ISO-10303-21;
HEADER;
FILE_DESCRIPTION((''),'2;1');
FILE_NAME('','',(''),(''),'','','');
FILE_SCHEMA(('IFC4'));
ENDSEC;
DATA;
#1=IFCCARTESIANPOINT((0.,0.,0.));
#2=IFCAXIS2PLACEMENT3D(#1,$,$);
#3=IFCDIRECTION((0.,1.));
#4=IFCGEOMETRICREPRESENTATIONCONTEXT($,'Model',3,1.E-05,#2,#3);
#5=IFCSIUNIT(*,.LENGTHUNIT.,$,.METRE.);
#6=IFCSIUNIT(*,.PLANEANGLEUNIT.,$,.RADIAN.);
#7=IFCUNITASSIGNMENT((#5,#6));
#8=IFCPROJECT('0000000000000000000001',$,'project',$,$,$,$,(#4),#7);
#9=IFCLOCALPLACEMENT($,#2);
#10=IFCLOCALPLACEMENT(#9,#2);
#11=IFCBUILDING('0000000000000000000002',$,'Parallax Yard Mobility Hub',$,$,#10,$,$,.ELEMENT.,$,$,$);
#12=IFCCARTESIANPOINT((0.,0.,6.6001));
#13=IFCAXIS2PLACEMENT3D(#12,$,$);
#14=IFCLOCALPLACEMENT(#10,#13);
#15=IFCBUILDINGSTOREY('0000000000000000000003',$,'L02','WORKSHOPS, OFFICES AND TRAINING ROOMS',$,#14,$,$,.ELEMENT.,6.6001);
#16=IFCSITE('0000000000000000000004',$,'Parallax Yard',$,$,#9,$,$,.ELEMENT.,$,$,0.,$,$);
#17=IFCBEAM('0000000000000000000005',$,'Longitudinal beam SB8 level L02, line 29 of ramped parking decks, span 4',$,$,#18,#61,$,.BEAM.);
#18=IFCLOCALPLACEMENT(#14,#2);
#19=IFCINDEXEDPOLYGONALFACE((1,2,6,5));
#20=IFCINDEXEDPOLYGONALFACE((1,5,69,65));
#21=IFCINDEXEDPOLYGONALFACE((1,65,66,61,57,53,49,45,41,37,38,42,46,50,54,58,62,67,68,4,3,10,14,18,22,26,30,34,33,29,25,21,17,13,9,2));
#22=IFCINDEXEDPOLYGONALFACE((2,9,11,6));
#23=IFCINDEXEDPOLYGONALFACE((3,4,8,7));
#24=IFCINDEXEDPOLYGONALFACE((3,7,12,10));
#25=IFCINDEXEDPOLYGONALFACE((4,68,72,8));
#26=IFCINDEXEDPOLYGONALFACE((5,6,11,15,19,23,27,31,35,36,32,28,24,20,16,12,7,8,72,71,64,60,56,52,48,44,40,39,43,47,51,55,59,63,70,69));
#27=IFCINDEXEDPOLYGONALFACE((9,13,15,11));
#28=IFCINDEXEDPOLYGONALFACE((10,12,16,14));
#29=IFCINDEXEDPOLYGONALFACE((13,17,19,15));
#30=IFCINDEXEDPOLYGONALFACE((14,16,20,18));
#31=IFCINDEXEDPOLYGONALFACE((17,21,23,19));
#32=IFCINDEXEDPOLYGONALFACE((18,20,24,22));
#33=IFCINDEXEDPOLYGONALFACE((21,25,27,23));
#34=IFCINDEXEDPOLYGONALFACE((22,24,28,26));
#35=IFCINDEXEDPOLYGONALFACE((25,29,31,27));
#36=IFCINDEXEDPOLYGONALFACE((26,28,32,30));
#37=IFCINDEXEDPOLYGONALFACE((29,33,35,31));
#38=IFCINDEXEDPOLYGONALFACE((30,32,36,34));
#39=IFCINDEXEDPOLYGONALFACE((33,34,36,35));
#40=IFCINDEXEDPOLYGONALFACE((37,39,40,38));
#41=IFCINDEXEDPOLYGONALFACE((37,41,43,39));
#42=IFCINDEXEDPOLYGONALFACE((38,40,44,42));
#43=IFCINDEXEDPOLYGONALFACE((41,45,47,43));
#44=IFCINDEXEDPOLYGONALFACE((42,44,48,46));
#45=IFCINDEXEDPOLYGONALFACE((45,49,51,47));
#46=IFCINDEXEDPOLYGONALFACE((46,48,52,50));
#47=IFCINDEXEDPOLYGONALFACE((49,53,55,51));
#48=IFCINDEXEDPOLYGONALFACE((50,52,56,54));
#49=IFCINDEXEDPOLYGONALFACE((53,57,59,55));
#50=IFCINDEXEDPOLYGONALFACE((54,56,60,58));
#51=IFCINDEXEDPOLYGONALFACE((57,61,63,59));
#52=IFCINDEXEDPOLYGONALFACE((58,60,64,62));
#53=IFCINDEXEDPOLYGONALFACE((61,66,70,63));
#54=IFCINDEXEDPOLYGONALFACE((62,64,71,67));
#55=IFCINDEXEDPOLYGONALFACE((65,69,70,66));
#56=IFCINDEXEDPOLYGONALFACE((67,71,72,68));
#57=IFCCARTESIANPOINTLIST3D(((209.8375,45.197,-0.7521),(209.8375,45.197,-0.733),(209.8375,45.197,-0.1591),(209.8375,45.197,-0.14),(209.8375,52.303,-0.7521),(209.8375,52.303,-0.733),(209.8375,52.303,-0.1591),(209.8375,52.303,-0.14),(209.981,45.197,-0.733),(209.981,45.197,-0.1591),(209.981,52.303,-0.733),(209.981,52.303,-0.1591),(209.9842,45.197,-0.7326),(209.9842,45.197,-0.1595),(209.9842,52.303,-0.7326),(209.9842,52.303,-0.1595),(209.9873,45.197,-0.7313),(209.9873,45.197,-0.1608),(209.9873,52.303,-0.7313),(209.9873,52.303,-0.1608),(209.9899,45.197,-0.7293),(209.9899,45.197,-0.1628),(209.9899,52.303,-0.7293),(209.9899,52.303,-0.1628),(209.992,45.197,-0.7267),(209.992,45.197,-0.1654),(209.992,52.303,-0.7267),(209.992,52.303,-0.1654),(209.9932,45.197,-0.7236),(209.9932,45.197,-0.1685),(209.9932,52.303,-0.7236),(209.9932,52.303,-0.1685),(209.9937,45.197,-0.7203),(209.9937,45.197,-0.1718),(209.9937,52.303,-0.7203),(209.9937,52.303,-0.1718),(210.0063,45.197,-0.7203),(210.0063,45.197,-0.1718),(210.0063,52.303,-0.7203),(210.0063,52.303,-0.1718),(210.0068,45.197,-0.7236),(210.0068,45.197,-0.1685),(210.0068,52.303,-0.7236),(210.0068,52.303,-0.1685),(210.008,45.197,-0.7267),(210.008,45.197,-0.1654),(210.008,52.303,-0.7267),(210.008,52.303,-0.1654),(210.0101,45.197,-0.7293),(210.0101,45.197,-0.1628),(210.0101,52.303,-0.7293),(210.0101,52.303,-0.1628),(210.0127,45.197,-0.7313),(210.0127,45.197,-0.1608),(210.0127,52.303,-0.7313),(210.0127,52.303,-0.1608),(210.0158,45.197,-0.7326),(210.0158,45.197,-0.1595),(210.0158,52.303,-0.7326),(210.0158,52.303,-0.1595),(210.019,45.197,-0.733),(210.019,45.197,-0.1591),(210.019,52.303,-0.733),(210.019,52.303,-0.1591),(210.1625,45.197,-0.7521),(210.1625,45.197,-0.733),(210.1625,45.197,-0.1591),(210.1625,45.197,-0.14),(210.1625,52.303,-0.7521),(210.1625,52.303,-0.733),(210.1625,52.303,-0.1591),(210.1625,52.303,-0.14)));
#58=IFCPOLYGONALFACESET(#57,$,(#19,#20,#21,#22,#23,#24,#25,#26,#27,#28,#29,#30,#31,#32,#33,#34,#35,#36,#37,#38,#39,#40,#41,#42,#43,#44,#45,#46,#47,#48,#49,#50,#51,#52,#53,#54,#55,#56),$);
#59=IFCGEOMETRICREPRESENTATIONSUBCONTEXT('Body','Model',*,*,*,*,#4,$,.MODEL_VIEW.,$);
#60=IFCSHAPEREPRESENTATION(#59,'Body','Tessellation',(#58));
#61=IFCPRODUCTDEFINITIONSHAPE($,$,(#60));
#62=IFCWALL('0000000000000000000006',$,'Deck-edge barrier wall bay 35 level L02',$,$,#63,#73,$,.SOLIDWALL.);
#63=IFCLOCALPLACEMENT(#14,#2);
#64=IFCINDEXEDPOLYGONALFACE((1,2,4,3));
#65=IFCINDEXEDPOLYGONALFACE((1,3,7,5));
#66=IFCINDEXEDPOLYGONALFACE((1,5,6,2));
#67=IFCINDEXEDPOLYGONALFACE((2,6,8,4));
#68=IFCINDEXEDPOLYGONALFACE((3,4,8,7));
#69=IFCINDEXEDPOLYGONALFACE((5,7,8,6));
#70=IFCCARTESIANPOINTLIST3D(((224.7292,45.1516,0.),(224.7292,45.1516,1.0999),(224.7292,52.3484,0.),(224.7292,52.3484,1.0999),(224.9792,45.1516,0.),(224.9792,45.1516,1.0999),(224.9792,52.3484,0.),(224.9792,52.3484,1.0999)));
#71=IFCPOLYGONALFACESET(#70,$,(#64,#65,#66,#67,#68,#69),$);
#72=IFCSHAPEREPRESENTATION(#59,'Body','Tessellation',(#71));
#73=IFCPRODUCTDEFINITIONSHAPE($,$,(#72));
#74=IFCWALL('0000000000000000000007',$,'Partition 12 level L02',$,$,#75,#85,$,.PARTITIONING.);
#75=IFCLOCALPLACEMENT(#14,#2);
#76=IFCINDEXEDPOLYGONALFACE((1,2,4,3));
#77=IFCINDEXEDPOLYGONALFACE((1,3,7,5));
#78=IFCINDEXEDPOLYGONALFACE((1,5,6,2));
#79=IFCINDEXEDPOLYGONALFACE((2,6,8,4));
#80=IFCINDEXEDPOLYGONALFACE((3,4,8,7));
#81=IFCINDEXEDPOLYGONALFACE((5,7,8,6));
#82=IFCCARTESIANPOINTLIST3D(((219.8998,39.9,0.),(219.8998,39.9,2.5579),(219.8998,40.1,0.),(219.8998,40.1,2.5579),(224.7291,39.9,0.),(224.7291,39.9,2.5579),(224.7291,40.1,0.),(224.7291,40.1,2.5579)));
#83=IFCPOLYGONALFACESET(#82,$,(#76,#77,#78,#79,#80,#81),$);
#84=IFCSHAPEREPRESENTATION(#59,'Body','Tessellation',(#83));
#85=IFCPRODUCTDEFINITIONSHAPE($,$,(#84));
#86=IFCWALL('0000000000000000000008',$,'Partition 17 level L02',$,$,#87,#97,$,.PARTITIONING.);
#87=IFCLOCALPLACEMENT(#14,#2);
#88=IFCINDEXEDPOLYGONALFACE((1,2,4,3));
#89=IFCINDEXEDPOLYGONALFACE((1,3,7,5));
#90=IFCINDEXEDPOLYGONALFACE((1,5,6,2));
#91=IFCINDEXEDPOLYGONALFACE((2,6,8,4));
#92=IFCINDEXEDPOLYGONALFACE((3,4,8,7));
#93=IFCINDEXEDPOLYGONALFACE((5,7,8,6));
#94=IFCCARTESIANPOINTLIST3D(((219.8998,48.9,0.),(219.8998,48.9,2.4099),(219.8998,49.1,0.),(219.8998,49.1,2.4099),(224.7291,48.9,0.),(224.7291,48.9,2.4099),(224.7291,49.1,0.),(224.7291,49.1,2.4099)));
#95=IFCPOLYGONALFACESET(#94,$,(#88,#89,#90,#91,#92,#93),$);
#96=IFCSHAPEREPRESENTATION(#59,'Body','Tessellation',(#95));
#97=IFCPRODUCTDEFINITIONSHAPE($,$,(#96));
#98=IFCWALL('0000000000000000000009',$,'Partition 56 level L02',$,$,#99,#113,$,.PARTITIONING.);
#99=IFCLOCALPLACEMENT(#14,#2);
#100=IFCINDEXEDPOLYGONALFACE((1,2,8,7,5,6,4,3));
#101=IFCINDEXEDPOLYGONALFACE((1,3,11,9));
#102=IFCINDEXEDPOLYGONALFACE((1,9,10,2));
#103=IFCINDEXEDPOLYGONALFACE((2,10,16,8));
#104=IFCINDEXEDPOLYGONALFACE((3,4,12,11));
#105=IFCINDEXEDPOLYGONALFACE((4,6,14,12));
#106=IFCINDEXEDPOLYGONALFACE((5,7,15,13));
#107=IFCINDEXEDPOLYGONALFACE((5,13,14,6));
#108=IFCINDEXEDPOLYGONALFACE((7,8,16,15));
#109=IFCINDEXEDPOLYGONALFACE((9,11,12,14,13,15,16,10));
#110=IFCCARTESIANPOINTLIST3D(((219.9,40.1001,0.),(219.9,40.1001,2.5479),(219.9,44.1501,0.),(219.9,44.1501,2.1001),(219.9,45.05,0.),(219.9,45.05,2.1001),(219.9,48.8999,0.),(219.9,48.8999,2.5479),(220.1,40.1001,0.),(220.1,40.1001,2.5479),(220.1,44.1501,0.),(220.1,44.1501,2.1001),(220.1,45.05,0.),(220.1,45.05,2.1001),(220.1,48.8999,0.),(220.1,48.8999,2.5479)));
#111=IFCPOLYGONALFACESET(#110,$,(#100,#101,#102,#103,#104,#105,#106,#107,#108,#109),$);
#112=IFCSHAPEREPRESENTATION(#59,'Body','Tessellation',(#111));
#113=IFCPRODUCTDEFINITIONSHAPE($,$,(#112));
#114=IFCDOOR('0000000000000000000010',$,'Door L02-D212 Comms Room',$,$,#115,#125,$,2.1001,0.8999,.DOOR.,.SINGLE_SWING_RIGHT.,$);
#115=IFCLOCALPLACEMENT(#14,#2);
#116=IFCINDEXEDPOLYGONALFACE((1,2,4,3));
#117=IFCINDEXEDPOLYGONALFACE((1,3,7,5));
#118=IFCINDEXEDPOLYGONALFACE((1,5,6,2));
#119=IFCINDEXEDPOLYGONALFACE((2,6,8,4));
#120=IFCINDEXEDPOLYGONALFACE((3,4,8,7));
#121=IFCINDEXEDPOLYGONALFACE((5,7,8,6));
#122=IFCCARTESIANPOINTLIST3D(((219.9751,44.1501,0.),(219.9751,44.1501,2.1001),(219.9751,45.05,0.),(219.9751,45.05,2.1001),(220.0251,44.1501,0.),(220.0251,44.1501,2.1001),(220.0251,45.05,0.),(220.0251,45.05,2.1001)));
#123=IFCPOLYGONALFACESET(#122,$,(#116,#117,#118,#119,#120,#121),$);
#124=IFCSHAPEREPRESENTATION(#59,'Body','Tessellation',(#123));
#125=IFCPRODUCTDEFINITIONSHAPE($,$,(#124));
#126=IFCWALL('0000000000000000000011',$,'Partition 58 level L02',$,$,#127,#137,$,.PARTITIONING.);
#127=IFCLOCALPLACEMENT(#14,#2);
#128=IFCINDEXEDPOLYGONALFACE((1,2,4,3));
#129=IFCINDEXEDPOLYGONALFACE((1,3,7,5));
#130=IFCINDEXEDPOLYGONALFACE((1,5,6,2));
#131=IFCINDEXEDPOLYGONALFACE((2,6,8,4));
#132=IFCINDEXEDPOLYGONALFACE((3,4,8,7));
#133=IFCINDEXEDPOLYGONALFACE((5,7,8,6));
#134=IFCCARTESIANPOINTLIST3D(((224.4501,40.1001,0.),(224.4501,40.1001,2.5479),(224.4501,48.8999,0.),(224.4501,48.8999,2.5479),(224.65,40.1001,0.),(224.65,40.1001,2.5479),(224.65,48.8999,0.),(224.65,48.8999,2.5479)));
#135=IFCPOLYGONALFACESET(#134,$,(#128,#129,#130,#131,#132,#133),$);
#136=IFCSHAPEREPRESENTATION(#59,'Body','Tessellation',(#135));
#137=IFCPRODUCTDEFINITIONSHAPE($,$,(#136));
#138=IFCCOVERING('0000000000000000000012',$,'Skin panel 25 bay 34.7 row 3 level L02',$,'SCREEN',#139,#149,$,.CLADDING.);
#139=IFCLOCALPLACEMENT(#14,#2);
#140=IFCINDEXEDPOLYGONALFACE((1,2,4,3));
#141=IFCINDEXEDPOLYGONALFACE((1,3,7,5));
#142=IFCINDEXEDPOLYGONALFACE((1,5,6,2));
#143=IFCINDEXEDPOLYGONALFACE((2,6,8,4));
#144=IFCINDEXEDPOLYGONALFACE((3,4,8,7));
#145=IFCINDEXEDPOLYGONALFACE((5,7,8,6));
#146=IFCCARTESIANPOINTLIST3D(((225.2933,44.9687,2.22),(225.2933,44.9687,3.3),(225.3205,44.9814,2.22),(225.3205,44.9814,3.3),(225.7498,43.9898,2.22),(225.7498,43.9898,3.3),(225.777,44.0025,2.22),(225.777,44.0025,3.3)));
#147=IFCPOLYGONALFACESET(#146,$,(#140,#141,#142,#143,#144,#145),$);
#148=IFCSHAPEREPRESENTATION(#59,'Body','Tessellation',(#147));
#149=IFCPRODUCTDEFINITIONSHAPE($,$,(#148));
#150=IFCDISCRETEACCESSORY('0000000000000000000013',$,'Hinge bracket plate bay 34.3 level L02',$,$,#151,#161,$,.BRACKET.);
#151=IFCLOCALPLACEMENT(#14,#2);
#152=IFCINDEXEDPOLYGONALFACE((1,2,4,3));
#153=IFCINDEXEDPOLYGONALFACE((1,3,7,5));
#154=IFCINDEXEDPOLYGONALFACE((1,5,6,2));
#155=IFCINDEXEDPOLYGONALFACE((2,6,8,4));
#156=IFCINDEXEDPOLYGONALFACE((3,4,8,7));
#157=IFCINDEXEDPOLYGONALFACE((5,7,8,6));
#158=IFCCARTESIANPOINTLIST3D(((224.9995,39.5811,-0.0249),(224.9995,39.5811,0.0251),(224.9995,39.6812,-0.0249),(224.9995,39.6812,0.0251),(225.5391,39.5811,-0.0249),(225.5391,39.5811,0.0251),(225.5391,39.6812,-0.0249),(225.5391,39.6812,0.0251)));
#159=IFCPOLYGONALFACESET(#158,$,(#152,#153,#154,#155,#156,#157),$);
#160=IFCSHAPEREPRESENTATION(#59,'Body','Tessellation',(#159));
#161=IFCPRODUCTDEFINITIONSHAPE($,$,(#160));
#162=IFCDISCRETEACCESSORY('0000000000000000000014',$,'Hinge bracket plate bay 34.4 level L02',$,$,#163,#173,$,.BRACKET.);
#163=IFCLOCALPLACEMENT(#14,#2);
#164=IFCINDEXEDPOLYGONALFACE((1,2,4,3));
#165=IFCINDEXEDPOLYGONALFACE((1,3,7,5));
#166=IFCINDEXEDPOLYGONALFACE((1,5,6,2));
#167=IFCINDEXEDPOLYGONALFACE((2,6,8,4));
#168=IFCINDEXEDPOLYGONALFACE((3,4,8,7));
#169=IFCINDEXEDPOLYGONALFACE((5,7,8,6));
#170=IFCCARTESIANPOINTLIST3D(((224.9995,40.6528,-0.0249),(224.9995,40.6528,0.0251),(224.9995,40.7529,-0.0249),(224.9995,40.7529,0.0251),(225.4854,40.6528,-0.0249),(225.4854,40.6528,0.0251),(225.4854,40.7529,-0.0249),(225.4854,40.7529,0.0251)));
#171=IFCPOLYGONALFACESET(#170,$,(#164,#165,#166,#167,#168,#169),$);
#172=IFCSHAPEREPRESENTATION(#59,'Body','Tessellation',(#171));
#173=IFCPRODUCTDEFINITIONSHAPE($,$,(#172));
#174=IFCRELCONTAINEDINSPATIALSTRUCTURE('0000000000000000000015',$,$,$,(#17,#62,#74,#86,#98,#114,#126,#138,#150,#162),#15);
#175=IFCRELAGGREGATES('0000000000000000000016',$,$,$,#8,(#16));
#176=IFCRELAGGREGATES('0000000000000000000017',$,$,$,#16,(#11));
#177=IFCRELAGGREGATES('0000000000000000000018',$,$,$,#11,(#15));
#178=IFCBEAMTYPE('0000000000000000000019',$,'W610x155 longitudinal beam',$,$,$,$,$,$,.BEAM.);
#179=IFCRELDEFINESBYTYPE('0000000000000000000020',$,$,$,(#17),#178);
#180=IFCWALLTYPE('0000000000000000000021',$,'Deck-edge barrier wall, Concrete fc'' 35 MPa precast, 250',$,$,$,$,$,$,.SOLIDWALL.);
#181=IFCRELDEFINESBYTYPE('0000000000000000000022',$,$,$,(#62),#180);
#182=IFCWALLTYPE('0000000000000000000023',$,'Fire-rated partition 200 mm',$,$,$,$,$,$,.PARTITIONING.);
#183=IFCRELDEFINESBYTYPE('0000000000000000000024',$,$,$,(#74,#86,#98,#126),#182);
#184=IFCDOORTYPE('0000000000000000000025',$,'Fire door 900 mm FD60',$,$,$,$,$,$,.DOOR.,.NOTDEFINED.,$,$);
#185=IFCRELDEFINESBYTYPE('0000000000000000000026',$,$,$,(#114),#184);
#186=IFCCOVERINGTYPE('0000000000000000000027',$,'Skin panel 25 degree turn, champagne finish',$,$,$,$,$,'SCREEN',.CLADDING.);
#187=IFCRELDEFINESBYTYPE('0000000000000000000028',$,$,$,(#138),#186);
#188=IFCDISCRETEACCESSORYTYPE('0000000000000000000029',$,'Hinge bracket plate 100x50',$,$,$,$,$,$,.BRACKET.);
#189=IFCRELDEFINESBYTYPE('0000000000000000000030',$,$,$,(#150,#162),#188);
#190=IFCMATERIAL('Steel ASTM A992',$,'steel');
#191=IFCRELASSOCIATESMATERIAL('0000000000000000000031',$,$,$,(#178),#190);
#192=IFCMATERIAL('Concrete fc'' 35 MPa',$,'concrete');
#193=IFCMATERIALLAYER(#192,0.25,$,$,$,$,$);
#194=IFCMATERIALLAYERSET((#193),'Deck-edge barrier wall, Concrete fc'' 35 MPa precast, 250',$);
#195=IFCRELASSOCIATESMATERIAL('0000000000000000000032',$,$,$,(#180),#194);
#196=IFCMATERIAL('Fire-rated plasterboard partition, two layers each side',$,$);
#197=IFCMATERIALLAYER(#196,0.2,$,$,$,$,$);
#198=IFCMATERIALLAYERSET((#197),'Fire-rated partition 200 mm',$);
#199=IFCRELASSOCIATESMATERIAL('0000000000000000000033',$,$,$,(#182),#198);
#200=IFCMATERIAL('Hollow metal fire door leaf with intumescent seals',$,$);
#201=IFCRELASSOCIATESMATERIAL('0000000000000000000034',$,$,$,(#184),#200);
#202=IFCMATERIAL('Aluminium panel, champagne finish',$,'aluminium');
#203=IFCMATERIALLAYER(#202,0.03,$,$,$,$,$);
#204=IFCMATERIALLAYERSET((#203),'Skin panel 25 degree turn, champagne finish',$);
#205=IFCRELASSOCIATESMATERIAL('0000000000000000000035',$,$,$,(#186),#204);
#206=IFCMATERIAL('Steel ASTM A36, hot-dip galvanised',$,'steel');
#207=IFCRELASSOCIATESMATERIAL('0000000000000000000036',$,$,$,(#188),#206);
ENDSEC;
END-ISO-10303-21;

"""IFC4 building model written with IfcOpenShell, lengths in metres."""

from ifc_helpers import new_model, si_unit, direction, frame, frame_2d, origin, origin_2d, place, context, subcontext, project, spatial, rectangle, i_section, extrude, material, layer, layer_set, material_profile, profile_set, type_object, element, fill, save


model = new_model("IFC4")

# Units and contexts
model_context = context("Model", 3, precision=1e-05, world=origin(), true_north=direction((0.0, 1.0)))
body_context = subcontext(model_context, "Body", "Model", "MODEL_VIEW")
ifc_project = project(units=[si_unit("LENGTHUNIT", "METRE"), si_unit("PLANEANGLEUNIT", "RADIAN")], contexts=[model_context])

# Site, building, storey
site_placement = place(None, origin())
site = spatial("IfcSite", under=ifc_project, at=site_placement, Name="Parallax Yard", CompositionType="ELEMENT", RefElevation=0.0)
building_placement = place(site_placement, origin())
building = spatial("IfcBuilding", under=site, at=building_placement, Name="Parallax Yard Mobility Hub", CompositionType="ELEMENT")
storey_placement = place(building_placement, frame((0.0, 0.0, 6.6001)))
storey = spatial("IfcBuildingStorey", under=building, at=storey_placement, Name="L02", Description="WORKSHOPS, OFFICES AND TRAINING ROOMS", CompositionType="ELEMENT", Elevation=6.6001)

# Shared definitions
ifc_material_1 = material(Name="Steel ASTM A992", Category="steel")

# Beam
ifc_material_profile_1 = material_profile(ifc_material_1, i_section(OverallWidth=0.325, OverallDepth=0.6121, WebThickness=0.0127, FlangeThickness=0.019, FilletRadius=0.0127, at=origin_2d()), Name="W610x155")
ifc_profile_set_1 = profile_set([ifc_material_profile_1], Name="Steel ASTM A992")
beam_type_1 = type_object("IfcBeamType", Name="W610x155 longitudinal beam", PredefinedType="BEAM", material=ifc_profile_set_1)
beam_1_placement = place(storey_placement, frame((210.0, 45.197, -0.446), z_axis=(0.0, 1.0, 0.0), x_axis=(-1.0, 0.0, 0.0)))
element("IfcBeam", 1, at=beam_1_placement, inside=storey, type_object=beam_type_1, Name="Longitudinal beam SB8 level L02, line 29 of ramped parking decks, span 4", PredefinedType="BEAM", context=body_context, shape_type="SweptSolid", body=[
    extrude(i_section(OverallWidth=0.325, OverallDepth=0.6121, WebThickness=0.0127, FlangeThickness=0.019, FilletRadius=0.0127, at=origin_2d()), origin(), (0.0, 0.0, 1.0), 7.106),
])

# Walls
ifc_material_2 = material(Name="Concrete fc' 35 MPa", Category="concrete")
ifc_layer_1 = layer(ifc_material_2, 0.25)
ifc_layer_set_1 = layer_set([ifc_layer_1], Name="Deck-edge barrier wall, Concrete fc' 35 MPa precast, 250")
wall_type_1 = type_object("IfcWallType", Name="Deck-edge barrier wall, Concrete fc' 35 MPa precast, 250", PredefinedType="SOLIDWALL", material=ifc_layer_set_1)
wall_1_placement = place(storey_placement, frame((224.8542, 45.1516, 0.0), z_axis=(0.0, 0.0, 1.0), x_axis=(0.0, 1.0, 0.0)))
element("IfcWall", 2, at=wall_1_placement, inside=storey, type_object=wall_type_1, Name="Deck-edge barrier wall bay 35 level L02", PredefinedType="SOLIDWALL", context=body_context, shape_type="SweptSolid", body=[
    extrude(rectangle(XDim=7.1968, YDim=0.25, at=frame_2d((3.5984, 0.0))), origin(), (0.0, 0.0, 1.0), 1.0999),
])
ifc_material_3 = material(Name="Fire-rated plasterboard partition, two layers each side")
ifc_layer_2 = layer(ifc_material_3, 0.2)
ifc_layer_set_2 = layer_set([ifc_layer_2], Name="Fire-rated partition 200 mm")
wall_type_2 = type_object("IfcWallType", Name="Fire-rated partition 200 mm", PredefinedType="PARTITIONING", material=ifc_layer_set_2)
wall_2_placement = place(storey_placement, frame((219.8999, 40.0, 0.0), z_axis=(0.0, 0.0, 1.0), x_axis=(1.0, 0.0, 0.0)))
element("IfcWall", 3, at=wall_2_placement, inside=storey, type_object=wall_type_2, Name="Partition 12 level L02", PredefinedType="PARTITIONING", context=body_context, shape_type="SweptSolid", body=[
    extrude(rectangle(XDim=4.8293, YDim=0.2, at=frame_2d((2.4146, 0.0))), origin(), (0.0, 0.0, 1.0), 2.5579),
])
wall_3_placement = place(storey_placement, frame((219.8999, 49.0, 0.0), z_axis=(0.0, 0.0, 1.0), x_axis=(1.0, 0.0, 0.0)))
element("IfcWall", 4, at=wall_3_placement, inside=storey, type_object=wall_type_2, Name="Partition 17 level L02", PredefinedType="PARTITIONING", context=body_context, shape_type="SweptSolid", body=[
    extrude(rectangle(XDim=4.8293, YDim=0.2, at=frame_2d((2.4146, 0.0))), origin(), (0.0, 0.0, 1.0), 2.4099),
])

# Wall, opening, door
wall_4_placement = place(storey_placement, frame((220.0, 40.1001, 0.0), z_axis=(0.0, 0.0, 1.0), x_axis=(0.0, 1.0, 0.0)))
wall_4 = element("IfcWall", 5, at=wall_4_placement, inside=storey, type_object=wall_type_2, Name="Partition 56 level L02", PredefinedType="PARTITIONING", context=body_context, shape_type="SweptSolid", body=[
    extrude(rectangle(XDim=8.7998, YDim=0.2, at=frame_2d((4.3999, 0.0))), origin(), (0.0, 0.0, 1.0), 2.5479),
])
opening_placement = place(wall_4_placement, frame((4.05, 0.0, 0.0)))
opening = element("IfcOpeningElement", 6, at=opening_placement, cuts=wall_4, PredefinedType="OPENING", context=body_context, shape_type="SweptSolid", body=[
    extrude(rectangle(XDim=0.8999, YDim=2.1001, at=frame_2d((0.45, 1.05))), frame((0.0, 0.1099, 0.0), z_axis=(0.0, -1.0, 0.0), x_axis=(1.0, 0.0, 0.0)), (0.0, 0.0, 1.0), 0.22),
])
ifc_material_4 = material(Name="Hollow metal fire door leaf with intumescent seals")
door_type = type_object("IfcDoorType", Name="Fire door 900 mm FD60", OperationType="NOTDEFINED", PredefinedType="DOOR", material=ifc_material_4)
door_placement = place(opening_placement, origin())
door = element("IfcDoor", 7, at=door_placement, inside=storey, type_object=door_type, Name="Door L02-D212 Comms Room", OperationType="SINGLE_SWING_RIGHT", OverallHeight=2.1001, OverallWidth=0.8999, PredefinedType="DOOR", context=body_context, shape_type="SweptSolid", body=[
    extrude(rectangle(XDim=0.8999, YDim=2.1001, at=frame_2d((0.45, 1.05))), frame((0.0, 0.0249, 0.0), z_axis=(0.0, -1.0, 0.0), x_axis=(1.0, 0.0, 0.0)), (0.0, 0.0, 1.0), 0.05),
])
fill(opening, door)

# Wall
wall_5_placement = place(storey_placement, frame((224.55, 40.1001, 0.0), z_axis=(0.0, 0.0, 1.0), x_axis=(0.0, 1.0, 0.0)))
element("IfcWall", 8, at=wall_5_placement, inside=storey, type_object=wall_type_2, Name="Partition 58 level L02", PredefinedType="PARTITIONING", context=body_context, shape_type="SweptSolid", body=[
    extrude(rectangle(XDim=8.7998, YDim=0.2, at=frame_2d((4.3999, 0.0))), origin(), (0.0, 0.0, 1.0), 2.5479),
])

# Covering
ifc_material_5 = material(Name="Aluminium panel, champagne finish", Category="aluminium")
ifc_layer_3 = layer(ifc_material_5, 0.03)
ifc_layer_set_3 = layer_set([ifc_layer_3], Name="Skin panel 25 degree turn, champagne finish")
covering_type = type_object("IfcCoveringType", Name="Skin panel 25 degree turn, champagne finish", ElementType="SCREEN", PredefinedType="CLADDING", material=ifc_layer_set_3)
covering_placement = place(storey_placement, frame((225.5352, 44.4856, 2.22), z_axis=(0.0, 0.0, 1.0), x_axis=(0.422618, -0.906308, 0.0)))
element("IfcCovering", 9, at=covering_placement, inside=storey, type_object=covering_type, Name="Skin panel 25 bay 34.7 row 3 level L02", ObjectType="SCREEN", PredefinedType="CLADDING", context=body_context, shape_type="SweptSolid", body=[
    extrude(rectangle(XDim=1.0801, YDim=0.03, at=origin_2d()), origin(), (0.0, 0.0, 1.0), 1.0801),
])

# Discrete accessories
ifc_material_6 = material(Name="Steel ASTM A36, hot-dip galvanised", Category="steel")
discrete_accessory_type_1 = type_object("IfcDiscreteAccessoryType", Name="Hinge bracket plate 100x50", PredefinedType="BRACKET", material=ifc_material_6)
discrete_accessory_1_placement = place(storey_placement, frame((225.2693, 39.6311, -0.0249), z_axis=(0.0, 0.0, 1.0), x_axis=(1.0, 0.0, 0.0)))
element("IfcDiscreteAccessory", 10, at=discrete_accessory_1_placement, inside=storey, type_object=discrete_accessory_type_1, Name="Hinge bracket plate bay 34.3 level L02", PredefinedType="BRACKET", context=body_context, shape_type="SweptSolid", body=[
    extrude(rectangle(XDim=0.5396, YDim=0.1001, at=origin_2d()), origin(), (0.0, 0.0, 1.0), 0.05),
])
discrete_accessory_2_placement = place(storey_placement, frame((225.2424, 40.7029, -0.0249), z_axis=(0.0, 0.0, 1.0), x_axis=(1.0, 0.0, 0.0)))
element("IfcDiscreteAccessory", 11, at=discrete_accessory_2_placement, inside=storey, type_object=discrete_accessory_type_1, Name="Hinge bracket plate bay 34.4 level L02", PredefinedType="BRACKET", context=body_context, shape_type="SweptSolid", body=[
    extrude(rectangle(XDim=0.4858, YDim=0.1001, at=origin_2d()), origin(), (0.0, 0.0, 1.0), 0.05),
])

save(model, "model.ifc")
